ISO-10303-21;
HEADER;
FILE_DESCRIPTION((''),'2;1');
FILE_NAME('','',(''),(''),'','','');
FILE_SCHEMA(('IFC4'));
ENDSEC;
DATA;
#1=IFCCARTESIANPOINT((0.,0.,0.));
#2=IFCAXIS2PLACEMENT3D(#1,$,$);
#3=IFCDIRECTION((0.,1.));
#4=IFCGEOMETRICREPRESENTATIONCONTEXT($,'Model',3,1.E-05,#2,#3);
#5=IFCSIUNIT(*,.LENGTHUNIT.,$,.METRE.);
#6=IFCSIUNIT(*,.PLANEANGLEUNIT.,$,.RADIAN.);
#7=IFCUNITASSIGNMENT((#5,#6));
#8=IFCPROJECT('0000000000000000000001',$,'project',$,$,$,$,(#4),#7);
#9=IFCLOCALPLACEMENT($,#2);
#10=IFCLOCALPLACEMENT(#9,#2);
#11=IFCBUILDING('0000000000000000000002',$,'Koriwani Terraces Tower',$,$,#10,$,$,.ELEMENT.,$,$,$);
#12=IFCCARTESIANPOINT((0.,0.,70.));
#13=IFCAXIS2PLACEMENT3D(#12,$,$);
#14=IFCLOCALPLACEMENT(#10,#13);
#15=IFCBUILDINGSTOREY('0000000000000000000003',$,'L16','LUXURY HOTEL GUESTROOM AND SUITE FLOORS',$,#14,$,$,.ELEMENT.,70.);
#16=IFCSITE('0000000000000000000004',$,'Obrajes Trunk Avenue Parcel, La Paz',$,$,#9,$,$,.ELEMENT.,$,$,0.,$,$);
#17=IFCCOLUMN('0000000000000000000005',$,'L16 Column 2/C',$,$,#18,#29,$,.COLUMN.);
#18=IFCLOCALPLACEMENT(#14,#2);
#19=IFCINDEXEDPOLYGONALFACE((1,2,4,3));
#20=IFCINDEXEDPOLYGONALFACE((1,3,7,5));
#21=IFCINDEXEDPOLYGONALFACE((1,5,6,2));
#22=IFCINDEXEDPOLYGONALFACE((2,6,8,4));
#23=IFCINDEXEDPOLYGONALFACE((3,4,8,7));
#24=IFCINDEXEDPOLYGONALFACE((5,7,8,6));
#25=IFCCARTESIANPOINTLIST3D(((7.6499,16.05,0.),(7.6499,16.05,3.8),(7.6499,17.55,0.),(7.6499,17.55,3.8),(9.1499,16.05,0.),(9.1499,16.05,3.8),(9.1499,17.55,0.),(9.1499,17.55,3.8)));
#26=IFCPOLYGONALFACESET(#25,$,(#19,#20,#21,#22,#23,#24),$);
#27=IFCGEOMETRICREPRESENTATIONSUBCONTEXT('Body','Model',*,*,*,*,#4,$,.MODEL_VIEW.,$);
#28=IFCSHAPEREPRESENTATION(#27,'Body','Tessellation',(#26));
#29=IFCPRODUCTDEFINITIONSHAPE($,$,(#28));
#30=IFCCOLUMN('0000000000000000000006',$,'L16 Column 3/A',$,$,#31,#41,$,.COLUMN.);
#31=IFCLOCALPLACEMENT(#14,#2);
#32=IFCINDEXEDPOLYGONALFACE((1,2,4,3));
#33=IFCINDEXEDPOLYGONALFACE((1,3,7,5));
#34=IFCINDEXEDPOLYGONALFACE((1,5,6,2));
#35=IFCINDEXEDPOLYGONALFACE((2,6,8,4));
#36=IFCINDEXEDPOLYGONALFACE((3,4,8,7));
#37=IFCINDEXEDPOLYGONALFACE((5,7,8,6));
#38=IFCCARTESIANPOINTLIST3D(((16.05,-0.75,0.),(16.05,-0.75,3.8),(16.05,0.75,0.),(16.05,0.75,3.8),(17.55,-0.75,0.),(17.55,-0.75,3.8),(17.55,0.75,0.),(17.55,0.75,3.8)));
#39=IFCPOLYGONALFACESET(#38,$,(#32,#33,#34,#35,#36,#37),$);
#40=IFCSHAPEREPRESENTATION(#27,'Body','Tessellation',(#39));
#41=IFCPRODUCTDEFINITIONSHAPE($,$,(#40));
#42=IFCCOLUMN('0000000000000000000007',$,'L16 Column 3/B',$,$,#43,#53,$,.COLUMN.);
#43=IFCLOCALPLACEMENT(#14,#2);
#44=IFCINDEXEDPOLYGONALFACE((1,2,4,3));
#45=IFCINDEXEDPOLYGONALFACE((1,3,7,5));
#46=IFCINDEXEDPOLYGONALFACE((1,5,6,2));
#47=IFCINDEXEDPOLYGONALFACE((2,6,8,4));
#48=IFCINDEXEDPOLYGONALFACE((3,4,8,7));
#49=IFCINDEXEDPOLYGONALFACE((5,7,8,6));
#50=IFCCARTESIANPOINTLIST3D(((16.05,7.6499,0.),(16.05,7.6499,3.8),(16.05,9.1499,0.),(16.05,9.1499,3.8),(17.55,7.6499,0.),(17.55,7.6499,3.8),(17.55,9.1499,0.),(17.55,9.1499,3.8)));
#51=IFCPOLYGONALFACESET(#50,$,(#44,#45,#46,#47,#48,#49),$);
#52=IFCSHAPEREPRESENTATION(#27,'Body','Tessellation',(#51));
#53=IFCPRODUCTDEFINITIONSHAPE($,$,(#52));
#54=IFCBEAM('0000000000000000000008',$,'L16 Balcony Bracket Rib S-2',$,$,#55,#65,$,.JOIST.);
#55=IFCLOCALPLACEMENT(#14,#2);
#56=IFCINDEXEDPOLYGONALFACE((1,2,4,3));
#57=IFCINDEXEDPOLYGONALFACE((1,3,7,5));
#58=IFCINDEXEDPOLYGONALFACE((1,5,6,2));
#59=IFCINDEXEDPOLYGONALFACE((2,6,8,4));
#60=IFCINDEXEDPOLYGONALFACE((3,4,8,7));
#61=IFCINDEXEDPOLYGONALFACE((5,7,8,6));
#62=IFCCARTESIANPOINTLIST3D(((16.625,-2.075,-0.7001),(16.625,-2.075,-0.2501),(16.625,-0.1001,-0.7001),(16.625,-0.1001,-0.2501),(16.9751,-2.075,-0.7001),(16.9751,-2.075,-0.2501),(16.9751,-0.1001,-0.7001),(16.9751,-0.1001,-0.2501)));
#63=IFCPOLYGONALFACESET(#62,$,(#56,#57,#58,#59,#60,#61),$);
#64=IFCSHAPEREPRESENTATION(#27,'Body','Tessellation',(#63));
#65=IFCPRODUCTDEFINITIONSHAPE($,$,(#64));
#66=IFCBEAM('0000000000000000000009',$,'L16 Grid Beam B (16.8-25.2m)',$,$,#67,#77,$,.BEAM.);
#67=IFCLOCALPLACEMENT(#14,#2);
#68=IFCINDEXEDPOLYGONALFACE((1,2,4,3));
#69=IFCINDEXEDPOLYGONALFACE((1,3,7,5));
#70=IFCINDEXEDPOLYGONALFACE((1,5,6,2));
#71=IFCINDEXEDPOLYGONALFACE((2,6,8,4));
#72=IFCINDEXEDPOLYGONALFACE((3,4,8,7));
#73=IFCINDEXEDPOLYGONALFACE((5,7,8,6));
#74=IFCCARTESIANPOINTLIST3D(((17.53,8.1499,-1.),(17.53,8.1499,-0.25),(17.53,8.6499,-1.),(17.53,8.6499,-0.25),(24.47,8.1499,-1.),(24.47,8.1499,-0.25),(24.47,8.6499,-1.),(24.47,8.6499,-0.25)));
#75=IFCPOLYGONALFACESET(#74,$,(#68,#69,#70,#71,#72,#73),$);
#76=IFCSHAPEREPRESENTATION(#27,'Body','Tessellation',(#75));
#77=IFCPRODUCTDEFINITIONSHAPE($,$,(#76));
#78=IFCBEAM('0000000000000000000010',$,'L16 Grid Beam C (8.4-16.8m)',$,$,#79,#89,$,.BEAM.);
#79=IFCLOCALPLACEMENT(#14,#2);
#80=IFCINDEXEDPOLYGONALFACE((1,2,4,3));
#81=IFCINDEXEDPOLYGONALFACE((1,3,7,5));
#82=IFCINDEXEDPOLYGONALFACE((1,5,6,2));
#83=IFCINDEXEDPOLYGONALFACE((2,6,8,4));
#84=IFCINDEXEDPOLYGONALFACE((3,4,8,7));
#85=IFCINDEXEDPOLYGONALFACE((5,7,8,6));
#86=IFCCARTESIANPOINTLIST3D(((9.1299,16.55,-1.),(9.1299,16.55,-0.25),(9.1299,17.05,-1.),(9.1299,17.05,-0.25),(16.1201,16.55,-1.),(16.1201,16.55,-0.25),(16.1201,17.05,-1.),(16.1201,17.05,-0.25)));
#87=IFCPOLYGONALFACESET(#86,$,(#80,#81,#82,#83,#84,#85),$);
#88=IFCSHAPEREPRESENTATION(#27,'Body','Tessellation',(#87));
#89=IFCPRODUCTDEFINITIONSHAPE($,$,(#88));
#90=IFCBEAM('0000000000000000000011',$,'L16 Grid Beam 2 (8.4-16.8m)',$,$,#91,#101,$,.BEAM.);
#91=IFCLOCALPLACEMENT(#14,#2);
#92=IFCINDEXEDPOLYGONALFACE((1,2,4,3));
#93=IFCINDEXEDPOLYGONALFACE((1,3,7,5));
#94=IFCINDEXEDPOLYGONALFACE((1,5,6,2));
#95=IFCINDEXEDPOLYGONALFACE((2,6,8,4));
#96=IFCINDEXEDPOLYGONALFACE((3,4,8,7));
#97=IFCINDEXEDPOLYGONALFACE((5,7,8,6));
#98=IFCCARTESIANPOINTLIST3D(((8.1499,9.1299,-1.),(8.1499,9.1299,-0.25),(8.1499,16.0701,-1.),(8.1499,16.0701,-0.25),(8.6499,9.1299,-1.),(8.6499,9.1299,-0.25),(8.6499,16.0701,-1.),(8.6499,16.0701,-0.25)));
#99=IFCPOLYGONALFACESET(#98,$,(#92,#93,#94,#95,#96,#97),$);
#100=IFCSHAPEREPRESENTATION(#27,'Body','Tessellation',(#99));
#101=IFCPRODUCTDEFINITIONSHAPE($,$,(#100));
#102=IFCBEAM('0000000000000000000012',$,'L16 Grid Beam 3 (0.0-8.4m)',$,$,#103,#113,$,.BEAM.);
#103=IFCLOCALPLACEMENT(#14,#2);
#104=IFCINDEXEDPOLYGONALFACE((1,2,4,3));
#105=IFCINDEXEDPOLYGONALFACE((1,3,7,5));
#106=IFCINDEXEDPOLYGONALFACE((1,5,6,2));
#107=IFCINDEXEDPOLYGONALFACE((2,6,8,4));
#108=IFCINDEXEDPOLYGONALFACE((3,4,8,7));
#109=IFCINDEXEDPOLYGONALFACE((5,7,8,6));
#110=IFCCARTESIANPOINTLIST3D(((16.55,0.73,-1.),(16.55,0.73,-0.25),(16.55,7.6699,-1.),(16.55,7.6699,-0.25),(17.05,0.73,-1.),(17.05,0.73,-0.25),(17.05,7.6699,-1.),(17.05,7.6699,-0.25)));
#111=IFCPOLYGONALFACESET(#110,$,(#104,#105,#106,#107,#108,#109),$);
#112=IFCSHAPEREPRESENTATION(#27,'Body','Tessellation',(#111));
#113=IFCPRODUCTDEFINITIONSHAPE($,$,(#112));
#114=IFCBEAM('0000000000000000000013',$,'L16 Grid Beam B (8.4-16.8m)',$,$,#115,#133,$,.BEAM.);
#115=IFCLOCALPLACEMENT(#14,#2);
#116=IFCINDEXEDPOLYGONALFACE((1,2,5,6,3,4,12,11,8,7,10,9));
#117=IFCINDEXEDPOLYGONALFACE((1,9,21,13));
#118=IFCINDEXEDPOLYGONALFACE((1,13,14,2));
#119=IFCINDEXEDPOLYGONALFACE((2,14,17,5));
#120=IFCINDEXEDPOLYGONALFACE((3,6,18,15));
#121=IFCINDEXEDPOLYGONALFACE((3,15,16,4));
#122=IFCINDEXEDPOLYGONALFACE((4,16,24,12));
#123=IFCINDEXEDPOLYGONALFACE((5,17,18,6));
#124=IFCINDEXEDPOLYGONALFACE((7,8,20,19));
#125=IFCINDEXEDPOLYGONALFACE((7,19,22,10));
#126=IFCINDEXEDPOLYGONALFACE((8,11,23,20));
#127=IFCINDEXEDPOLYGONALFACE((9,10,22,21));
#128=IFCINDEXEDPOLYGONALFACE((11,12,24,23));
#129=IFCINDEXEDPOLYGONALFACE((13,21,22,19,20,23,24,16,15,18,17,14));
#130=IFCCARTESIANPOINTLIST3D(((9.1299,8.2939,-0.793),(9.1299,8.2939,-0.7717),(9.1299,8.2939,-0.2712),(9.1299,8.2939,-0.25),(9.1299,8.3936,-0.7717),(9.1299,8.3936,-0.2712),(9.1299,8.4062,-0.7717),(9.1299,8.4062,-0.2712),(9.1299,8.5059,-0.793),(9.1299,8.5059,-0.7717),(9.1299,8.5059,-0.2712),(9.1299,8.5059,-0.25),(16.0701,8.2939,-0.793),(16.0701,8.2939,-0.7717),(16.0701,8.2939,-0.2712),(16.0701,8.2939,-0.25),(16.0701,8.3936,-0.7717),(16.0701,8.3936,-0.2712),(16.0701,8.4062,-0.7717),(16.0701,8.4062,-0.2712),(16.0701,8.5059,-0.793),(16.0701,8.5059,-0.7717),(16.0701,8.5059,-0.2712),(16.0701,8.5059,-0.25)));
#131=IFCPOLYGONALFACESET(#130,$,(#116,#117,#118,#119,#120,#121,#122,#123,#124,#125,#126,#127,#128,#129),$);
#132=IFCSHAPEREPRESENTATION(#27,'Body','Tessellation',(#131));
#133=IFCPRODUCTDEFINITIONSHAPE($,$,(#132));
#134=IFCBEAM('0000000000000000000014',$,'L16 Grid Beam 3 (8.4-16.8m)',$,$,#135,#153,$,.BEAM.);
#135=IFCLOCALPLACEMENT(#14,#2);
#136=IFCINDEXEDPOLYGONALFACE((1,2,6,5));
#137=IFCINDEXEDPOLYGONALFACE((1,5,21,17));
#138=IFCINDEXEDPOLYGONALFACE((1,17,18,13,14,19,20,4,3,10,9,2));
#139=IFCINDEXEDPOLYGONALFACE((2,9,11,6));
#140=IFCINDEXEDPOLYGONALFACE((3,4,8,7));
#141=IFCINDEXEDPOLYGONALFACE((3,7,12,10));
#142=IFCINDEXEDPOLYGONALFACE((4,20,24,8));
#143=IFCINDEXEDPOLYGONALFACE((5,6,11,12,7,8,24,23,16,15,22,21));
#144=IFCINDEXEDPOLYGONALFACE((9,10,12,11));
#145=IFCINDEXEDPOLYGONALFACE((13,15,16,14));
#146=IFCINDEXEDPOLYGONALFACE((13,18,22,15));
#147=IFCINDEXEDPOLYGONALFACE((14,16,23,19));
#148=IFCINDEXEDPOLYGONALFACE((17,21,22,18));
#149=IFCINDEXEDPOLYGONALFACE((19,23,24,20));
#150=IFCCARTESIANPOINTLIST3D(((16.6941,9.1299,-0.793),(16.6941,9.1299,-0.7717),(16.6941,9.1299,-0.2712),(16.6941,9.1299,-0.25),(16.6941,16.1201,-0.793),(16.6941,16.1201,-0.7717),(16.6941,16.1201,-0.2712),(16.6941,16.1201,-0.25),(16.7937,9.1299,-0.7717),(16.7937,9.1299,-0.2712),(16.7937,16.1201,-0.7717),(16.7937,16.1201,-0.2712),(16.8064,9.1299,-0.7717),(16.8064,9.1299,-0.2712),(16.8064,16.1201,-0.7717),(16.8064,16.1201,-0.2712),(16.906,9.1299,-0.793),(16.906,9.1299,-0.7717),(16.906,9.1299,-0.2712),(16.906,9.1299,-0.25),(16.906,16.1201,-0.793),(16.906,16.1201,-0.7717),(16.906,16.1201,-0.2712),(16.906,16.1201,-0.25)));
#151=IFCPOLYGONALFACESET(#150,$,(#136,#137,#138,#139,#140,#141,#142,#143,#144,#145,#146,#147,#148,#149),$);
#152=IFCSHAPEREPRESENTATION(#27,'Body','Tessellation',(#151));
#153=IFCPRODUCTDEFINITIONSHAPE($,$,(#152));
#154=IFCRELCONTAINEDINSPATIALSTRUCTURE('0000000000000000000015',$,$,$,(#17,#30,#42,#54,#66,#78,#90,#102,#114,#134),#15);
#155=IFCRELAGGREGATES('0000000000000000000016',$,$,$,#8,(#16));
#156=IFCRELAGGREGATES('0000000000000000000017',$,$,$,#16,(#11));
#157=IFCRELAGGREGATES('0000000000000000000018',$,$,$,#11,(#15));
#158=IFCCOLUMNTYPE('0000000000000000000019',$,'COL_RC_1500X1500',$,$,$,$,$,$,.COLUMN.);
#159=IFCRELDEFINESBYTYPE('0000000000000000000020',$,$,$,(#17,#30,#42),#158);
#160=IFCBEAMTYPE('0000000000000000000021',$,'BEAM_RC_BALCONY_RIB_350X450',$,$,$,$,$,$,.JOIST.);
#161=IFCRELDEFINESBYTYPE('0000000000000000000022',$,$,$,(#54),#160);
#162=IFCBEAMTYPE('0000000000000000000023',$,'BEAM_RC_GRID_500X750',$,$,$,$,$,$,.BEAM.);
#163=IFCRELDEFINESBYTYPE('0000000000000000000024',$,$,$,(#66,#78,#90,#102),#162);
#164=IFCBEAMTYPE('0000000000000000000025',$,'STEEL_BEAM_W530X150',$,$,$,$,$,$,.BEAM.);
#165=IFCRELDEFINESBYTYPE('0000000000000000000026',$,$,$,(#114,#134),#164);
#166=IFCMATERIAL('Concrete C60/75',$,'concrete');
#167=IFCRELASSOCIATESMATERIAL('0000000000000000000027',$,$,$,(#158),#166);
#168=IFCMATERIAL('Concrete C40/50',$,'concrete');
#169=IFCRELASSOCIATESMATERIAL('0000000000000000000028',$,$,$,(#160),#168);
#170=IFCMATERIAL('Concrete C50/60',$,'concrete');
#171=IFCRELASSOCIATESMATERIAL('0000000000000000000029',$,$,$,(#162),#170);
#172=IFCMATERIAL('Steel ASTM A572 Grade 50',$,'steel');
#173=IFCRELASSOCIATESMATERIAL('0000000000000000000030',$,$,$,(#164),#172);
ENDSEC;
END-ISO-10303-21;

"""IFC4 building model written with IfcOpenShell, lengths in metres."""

from ifc_helpers import new_model, si_unit, direction, frame, origin, origin_2d, place, context, subcontext, project, spatial, rectangle, i_section, extrude, material, material_profile, profile_set, type_object, element, save


model = new_model("IFC4")

# Units and contexts
model_context = context("Model", 3, precision=1e-05, world=origin(), true_north=direction((0.0, 1.0)))
body_context = subcontext(model_context, "Body", "Model", "MODEL_VIEW")
ifc_project = project(units=[si_unit("LENGTHUNIT", "METRE"), si_unit("PLANEANGLEUNIT", "RADIAN")], contexts=[model_context])

# Site, building, storey
site_placement = place(None, origin())
site = spatial("IfcSite", under=ifc_project, at=site_placement, Name="Obrajes Trunk Avenue Parcel, La Paz", CompositionType="ELEMENT", RefElevation=0.0)
building_placement = place(site_placement, origin())
building = spatial("IfcBuilding", under=site, at=building_placement, Name="Koriwani Terraces Tower", CompositionType="ELEMENT")
storey_placement = place(building_placement, frame((0.0, 0.0, 70.0)))
storey = spatial("IfcBuildingStorey", under=building, at=storey_placement, Name="L16", Description="LUXURY HOTEL GUESTROOM AND SUITE FLOORS", CompositionType="ELEMENT", Elevation=70.0)

# Columns
ifc_material_1 = material(Name="Concrete C60/75", Category="concrete")
ifc_material_profile_1 = material_profile(ifc_material_1, rectangle(XDim=1.5, YDim=1.5, at=origin_2d()), Name="Concrete C60/75", Category="LoadBearing")
ifc_profile_set_1 = profile_set([ifc_material_profile_1], Name="Concrete C60/75")
column_type = type_object("IfcColumnType", Name="COL_RC_1500X1500", PredefinedType="COLUMN", material=ifc_profile_set_1)
for number, where, z_axis, x_axis, name in (
    (1, (8.3999, 16.8, 0.0), (0.0, 0.0, 1.0), (1.0, 0.0, 0.0), "L16 Column 2/C"),
    (2, (16.8, 0.0, 0.0), (0.0, 0.0, 1.0), (1.0, 0.0, 0.0), "L16 Column 3/A"),
    (3, (16.8, 8.3999, 0.0), (0.0, 0.0, 1.0), (1.0, 0.0, 0.0), "L16 Column 3/B"),
):
    element("IfcColumn", number, at=place(storey_placement, frame(where, z_axis=z_axis, x_axis=x_axis)), inside=storey, type_object=column_type, Name=name, PredefinedType="COLUMN", context=body_context, shape_type="SweptSolid", body=[
        extrude(rectangle(XDim=1.5, YDim=1.5, at=origin_2d()), origin(), (0.0, 0.0, 1.0), 3.8),
    ])

# Beams
ifc_material_2 = material(Name="Concrete C40/50", Category="concrete")
ifc_material_profile_2 = material_profile(ifc_material_2, rectangle(XDim=0.3501, YDim=0.45, at=origin_2d()), Name="Concrete C40/50", Category="LoadBearing")
ifc_profile_set_2 = profile_set([ifc_material_profile_2], Name="Concrete C40/50")
beam_type_1 = type_object("IfcBeamType", Name="BEAM_RC_BALCONY_RIB_350X450", PredefinedType="JOIST", material=ifc_profile_set_2)
beam_1_placement = place(storey_placement, frame((16.8, -2.075, -0.4751), z_axis=(0.0, 1.0, 0.0), x_axis=(-1.0, 0.0, 0.0)))
element("IfcBeam", 4, at=beam_1_placement, inside=storey, type_object=beam_type_1, Name="L16 Balcony Bracket Rib S-2", PredefinedType="JOIST", context=body_context, shape_type="SweptSolid", body=[
    extrude(rectangle(XDim=0.3501, YDim=0.45, at=origin_2d()), origin(), (0.0, 0.0, 1.0), 1.9749),
])
ifc_material_3 = material(Name="Concrete C50/60", Category="concrete")
ifc_material_profile_3 = material_profile(ifc_material_3, rectangle(XDim=0.5, YDim=0.75, at=origin_2d()), Name="Concrete C50/60", Category="LoadBearing")
ifc_profile_set_3 = profile_set([ifc_material_profile_3], Name="Concrete C50/60")
beam_type_2 = type_object("IfcBeamType", Name="BEAM_RC_GRID_500X750", PredefinedType="BEAM", material=ifc_profile_set_3)
beam_2_placement = place(storey_placement, frame((17.53, 8.3999, -0.625), z_axis=(1.0, 0.0, 0.0), x_axis=(0.0, 1.0, 0.0)))
element("IfcBeam", 5, at=beam_2_placement, inside=storey, type_object=beam_type_2, Name="L16 Grid Beam B (16.8-25.2m)", PredefinedType="BEAM", context=body_context, shape_type="SweptSolid", body=[
    extrude(rectangle(XDim=0.5, YDim=0.75, at=origin_2d()), origin(), (0.0, 0.0, 1.0), 6.9399),
])
beam_3_placement = place(storey_placement, frame((9.1299, 16.8, -0.625), z_axis=(1.0, 0.0, 0.0), x_axis=(0.0, 1.0, 0.0)))
element("IfcBeam", 6, at=beam_3_placement, inside=storey, type_object=beam_type_2, Name="L16 Grid Beam C (8.4-16.8m)", PredefinedType="BEAM", context=body_context, shape_type="SweptSolid", body=[
    extrude(rectangle(XDim=0.5, YDim=0.75, at=origin_2d()), origin(), (0.0, 0.0, 1.0), 6.9902),
])
beam_4_placement = place(storey_placement, frame((8.3999, 9.1299, -0.625), z_axis=(0.0, 1.0, 0.0), x_axis=(-1.0, 0.0, 0.0)))
element("IfcBeam", 7, at=beam_4_placement, inside=storey, type_object=beam_type_2, Name="L16 Grid Beam 2 (8.4-16.8m)", PredefinedType="BEAM", context=body_context, shape_type="SweptSolid", body=[
    extrude(rectangle(XDim=0.5, YDim=0.75, at=origin_2d()), origin(), (0.0, 0.0, 1.0), 6.9402),
])
beam_5_placement = place(storey_placement, frame((16.8, 0.73, -0.625), z_axis=(0.0, 1.0, 0.0), x_axis=(-1.0, 0.0, 0.0)))
element("IfcBeam", 8, at=beam_5_placement, inside=storey, type_object=beam_type_2, Name="L16 Grid Beam 3 (0.0-8.4m)", PredefinedType="BEAM", context=body_context, shape_type="SweptSolid", body=[
    extrude(rectangle(XDim=0.5, YDim=0.75, at=origin_2d()), origin(), (0.0, 0.0, 1.0), 6.9399),
])
ifc_material_4 = material(Name="Steel ASTM A572 Grade 50", Category="steel")
ifc_material_profile_4 = material_profile(ifc_material_4, i_section(OverallWidth=0.2119, OverallDepth=0.543, WebThickness=0.0127, FlangeThickness=0.0212, at=origin_2d()), Name="Steel ASTM A572 Grade 50", Category="LoadBearing")
ifc_profile_set_4 = profile_set([ifc_material_profile_4], Name="Steel ASTM A572 Grade 50")
beam_type_3 = type_object("IfcBeamType", Name="STEEL_BEAM_W530X150", PredefinedType="BEAM", material=ifc_profile_set_4)
beam_6_placement = place(storey_placement, frame((9.1299, 8.3999, -0.5215), z_axis=(1.0, 0.0, 0.0), x_axis=(0.0, 1.0, 0.0)))
element("IfcBeam", 9, at=beam_6_placement, inside=storey, type_object=beam_type_3, Name="L16 Grid Beam B (8.4-16.8m)", PredefinedType="BEAM", context=body_context, shape_type="SweptSolid", body=[
    extrude(i_section(OverallWidth=0.2119, OverallDepth=0.543, WebThickness=0.0127, FlangeThickness=0.0212, at=origin_2d()), origin(), (0.0, 0.0, 1.0), 6.9402),
])
beam_7_placement = place(storey_placement, frame((16.8, 9.1299, -0.5215), z_axis=(0.0, 1.0, 0.0), x_axis=(-1.0, 0.0, 0.0)))
element("IfcBeam", 10, at=beam_7_placement, inside=storey, type_object=beam_type_3, Name="L16 Grid Beam 3 (8.4-16.8m)", PredefinedType="BEAM", context=body_context, shape_type="SweptSolid", body=[
    extrude(i_section(OverallWidth=0.2119, OverallDepth=0.543, WebThickness=0.0127, FlangeThickness=0.0212, at=origin_2d()), origin(), (0.0, 0.0, 1.0), 6.9902),
])

save(model, "model.ifc")
